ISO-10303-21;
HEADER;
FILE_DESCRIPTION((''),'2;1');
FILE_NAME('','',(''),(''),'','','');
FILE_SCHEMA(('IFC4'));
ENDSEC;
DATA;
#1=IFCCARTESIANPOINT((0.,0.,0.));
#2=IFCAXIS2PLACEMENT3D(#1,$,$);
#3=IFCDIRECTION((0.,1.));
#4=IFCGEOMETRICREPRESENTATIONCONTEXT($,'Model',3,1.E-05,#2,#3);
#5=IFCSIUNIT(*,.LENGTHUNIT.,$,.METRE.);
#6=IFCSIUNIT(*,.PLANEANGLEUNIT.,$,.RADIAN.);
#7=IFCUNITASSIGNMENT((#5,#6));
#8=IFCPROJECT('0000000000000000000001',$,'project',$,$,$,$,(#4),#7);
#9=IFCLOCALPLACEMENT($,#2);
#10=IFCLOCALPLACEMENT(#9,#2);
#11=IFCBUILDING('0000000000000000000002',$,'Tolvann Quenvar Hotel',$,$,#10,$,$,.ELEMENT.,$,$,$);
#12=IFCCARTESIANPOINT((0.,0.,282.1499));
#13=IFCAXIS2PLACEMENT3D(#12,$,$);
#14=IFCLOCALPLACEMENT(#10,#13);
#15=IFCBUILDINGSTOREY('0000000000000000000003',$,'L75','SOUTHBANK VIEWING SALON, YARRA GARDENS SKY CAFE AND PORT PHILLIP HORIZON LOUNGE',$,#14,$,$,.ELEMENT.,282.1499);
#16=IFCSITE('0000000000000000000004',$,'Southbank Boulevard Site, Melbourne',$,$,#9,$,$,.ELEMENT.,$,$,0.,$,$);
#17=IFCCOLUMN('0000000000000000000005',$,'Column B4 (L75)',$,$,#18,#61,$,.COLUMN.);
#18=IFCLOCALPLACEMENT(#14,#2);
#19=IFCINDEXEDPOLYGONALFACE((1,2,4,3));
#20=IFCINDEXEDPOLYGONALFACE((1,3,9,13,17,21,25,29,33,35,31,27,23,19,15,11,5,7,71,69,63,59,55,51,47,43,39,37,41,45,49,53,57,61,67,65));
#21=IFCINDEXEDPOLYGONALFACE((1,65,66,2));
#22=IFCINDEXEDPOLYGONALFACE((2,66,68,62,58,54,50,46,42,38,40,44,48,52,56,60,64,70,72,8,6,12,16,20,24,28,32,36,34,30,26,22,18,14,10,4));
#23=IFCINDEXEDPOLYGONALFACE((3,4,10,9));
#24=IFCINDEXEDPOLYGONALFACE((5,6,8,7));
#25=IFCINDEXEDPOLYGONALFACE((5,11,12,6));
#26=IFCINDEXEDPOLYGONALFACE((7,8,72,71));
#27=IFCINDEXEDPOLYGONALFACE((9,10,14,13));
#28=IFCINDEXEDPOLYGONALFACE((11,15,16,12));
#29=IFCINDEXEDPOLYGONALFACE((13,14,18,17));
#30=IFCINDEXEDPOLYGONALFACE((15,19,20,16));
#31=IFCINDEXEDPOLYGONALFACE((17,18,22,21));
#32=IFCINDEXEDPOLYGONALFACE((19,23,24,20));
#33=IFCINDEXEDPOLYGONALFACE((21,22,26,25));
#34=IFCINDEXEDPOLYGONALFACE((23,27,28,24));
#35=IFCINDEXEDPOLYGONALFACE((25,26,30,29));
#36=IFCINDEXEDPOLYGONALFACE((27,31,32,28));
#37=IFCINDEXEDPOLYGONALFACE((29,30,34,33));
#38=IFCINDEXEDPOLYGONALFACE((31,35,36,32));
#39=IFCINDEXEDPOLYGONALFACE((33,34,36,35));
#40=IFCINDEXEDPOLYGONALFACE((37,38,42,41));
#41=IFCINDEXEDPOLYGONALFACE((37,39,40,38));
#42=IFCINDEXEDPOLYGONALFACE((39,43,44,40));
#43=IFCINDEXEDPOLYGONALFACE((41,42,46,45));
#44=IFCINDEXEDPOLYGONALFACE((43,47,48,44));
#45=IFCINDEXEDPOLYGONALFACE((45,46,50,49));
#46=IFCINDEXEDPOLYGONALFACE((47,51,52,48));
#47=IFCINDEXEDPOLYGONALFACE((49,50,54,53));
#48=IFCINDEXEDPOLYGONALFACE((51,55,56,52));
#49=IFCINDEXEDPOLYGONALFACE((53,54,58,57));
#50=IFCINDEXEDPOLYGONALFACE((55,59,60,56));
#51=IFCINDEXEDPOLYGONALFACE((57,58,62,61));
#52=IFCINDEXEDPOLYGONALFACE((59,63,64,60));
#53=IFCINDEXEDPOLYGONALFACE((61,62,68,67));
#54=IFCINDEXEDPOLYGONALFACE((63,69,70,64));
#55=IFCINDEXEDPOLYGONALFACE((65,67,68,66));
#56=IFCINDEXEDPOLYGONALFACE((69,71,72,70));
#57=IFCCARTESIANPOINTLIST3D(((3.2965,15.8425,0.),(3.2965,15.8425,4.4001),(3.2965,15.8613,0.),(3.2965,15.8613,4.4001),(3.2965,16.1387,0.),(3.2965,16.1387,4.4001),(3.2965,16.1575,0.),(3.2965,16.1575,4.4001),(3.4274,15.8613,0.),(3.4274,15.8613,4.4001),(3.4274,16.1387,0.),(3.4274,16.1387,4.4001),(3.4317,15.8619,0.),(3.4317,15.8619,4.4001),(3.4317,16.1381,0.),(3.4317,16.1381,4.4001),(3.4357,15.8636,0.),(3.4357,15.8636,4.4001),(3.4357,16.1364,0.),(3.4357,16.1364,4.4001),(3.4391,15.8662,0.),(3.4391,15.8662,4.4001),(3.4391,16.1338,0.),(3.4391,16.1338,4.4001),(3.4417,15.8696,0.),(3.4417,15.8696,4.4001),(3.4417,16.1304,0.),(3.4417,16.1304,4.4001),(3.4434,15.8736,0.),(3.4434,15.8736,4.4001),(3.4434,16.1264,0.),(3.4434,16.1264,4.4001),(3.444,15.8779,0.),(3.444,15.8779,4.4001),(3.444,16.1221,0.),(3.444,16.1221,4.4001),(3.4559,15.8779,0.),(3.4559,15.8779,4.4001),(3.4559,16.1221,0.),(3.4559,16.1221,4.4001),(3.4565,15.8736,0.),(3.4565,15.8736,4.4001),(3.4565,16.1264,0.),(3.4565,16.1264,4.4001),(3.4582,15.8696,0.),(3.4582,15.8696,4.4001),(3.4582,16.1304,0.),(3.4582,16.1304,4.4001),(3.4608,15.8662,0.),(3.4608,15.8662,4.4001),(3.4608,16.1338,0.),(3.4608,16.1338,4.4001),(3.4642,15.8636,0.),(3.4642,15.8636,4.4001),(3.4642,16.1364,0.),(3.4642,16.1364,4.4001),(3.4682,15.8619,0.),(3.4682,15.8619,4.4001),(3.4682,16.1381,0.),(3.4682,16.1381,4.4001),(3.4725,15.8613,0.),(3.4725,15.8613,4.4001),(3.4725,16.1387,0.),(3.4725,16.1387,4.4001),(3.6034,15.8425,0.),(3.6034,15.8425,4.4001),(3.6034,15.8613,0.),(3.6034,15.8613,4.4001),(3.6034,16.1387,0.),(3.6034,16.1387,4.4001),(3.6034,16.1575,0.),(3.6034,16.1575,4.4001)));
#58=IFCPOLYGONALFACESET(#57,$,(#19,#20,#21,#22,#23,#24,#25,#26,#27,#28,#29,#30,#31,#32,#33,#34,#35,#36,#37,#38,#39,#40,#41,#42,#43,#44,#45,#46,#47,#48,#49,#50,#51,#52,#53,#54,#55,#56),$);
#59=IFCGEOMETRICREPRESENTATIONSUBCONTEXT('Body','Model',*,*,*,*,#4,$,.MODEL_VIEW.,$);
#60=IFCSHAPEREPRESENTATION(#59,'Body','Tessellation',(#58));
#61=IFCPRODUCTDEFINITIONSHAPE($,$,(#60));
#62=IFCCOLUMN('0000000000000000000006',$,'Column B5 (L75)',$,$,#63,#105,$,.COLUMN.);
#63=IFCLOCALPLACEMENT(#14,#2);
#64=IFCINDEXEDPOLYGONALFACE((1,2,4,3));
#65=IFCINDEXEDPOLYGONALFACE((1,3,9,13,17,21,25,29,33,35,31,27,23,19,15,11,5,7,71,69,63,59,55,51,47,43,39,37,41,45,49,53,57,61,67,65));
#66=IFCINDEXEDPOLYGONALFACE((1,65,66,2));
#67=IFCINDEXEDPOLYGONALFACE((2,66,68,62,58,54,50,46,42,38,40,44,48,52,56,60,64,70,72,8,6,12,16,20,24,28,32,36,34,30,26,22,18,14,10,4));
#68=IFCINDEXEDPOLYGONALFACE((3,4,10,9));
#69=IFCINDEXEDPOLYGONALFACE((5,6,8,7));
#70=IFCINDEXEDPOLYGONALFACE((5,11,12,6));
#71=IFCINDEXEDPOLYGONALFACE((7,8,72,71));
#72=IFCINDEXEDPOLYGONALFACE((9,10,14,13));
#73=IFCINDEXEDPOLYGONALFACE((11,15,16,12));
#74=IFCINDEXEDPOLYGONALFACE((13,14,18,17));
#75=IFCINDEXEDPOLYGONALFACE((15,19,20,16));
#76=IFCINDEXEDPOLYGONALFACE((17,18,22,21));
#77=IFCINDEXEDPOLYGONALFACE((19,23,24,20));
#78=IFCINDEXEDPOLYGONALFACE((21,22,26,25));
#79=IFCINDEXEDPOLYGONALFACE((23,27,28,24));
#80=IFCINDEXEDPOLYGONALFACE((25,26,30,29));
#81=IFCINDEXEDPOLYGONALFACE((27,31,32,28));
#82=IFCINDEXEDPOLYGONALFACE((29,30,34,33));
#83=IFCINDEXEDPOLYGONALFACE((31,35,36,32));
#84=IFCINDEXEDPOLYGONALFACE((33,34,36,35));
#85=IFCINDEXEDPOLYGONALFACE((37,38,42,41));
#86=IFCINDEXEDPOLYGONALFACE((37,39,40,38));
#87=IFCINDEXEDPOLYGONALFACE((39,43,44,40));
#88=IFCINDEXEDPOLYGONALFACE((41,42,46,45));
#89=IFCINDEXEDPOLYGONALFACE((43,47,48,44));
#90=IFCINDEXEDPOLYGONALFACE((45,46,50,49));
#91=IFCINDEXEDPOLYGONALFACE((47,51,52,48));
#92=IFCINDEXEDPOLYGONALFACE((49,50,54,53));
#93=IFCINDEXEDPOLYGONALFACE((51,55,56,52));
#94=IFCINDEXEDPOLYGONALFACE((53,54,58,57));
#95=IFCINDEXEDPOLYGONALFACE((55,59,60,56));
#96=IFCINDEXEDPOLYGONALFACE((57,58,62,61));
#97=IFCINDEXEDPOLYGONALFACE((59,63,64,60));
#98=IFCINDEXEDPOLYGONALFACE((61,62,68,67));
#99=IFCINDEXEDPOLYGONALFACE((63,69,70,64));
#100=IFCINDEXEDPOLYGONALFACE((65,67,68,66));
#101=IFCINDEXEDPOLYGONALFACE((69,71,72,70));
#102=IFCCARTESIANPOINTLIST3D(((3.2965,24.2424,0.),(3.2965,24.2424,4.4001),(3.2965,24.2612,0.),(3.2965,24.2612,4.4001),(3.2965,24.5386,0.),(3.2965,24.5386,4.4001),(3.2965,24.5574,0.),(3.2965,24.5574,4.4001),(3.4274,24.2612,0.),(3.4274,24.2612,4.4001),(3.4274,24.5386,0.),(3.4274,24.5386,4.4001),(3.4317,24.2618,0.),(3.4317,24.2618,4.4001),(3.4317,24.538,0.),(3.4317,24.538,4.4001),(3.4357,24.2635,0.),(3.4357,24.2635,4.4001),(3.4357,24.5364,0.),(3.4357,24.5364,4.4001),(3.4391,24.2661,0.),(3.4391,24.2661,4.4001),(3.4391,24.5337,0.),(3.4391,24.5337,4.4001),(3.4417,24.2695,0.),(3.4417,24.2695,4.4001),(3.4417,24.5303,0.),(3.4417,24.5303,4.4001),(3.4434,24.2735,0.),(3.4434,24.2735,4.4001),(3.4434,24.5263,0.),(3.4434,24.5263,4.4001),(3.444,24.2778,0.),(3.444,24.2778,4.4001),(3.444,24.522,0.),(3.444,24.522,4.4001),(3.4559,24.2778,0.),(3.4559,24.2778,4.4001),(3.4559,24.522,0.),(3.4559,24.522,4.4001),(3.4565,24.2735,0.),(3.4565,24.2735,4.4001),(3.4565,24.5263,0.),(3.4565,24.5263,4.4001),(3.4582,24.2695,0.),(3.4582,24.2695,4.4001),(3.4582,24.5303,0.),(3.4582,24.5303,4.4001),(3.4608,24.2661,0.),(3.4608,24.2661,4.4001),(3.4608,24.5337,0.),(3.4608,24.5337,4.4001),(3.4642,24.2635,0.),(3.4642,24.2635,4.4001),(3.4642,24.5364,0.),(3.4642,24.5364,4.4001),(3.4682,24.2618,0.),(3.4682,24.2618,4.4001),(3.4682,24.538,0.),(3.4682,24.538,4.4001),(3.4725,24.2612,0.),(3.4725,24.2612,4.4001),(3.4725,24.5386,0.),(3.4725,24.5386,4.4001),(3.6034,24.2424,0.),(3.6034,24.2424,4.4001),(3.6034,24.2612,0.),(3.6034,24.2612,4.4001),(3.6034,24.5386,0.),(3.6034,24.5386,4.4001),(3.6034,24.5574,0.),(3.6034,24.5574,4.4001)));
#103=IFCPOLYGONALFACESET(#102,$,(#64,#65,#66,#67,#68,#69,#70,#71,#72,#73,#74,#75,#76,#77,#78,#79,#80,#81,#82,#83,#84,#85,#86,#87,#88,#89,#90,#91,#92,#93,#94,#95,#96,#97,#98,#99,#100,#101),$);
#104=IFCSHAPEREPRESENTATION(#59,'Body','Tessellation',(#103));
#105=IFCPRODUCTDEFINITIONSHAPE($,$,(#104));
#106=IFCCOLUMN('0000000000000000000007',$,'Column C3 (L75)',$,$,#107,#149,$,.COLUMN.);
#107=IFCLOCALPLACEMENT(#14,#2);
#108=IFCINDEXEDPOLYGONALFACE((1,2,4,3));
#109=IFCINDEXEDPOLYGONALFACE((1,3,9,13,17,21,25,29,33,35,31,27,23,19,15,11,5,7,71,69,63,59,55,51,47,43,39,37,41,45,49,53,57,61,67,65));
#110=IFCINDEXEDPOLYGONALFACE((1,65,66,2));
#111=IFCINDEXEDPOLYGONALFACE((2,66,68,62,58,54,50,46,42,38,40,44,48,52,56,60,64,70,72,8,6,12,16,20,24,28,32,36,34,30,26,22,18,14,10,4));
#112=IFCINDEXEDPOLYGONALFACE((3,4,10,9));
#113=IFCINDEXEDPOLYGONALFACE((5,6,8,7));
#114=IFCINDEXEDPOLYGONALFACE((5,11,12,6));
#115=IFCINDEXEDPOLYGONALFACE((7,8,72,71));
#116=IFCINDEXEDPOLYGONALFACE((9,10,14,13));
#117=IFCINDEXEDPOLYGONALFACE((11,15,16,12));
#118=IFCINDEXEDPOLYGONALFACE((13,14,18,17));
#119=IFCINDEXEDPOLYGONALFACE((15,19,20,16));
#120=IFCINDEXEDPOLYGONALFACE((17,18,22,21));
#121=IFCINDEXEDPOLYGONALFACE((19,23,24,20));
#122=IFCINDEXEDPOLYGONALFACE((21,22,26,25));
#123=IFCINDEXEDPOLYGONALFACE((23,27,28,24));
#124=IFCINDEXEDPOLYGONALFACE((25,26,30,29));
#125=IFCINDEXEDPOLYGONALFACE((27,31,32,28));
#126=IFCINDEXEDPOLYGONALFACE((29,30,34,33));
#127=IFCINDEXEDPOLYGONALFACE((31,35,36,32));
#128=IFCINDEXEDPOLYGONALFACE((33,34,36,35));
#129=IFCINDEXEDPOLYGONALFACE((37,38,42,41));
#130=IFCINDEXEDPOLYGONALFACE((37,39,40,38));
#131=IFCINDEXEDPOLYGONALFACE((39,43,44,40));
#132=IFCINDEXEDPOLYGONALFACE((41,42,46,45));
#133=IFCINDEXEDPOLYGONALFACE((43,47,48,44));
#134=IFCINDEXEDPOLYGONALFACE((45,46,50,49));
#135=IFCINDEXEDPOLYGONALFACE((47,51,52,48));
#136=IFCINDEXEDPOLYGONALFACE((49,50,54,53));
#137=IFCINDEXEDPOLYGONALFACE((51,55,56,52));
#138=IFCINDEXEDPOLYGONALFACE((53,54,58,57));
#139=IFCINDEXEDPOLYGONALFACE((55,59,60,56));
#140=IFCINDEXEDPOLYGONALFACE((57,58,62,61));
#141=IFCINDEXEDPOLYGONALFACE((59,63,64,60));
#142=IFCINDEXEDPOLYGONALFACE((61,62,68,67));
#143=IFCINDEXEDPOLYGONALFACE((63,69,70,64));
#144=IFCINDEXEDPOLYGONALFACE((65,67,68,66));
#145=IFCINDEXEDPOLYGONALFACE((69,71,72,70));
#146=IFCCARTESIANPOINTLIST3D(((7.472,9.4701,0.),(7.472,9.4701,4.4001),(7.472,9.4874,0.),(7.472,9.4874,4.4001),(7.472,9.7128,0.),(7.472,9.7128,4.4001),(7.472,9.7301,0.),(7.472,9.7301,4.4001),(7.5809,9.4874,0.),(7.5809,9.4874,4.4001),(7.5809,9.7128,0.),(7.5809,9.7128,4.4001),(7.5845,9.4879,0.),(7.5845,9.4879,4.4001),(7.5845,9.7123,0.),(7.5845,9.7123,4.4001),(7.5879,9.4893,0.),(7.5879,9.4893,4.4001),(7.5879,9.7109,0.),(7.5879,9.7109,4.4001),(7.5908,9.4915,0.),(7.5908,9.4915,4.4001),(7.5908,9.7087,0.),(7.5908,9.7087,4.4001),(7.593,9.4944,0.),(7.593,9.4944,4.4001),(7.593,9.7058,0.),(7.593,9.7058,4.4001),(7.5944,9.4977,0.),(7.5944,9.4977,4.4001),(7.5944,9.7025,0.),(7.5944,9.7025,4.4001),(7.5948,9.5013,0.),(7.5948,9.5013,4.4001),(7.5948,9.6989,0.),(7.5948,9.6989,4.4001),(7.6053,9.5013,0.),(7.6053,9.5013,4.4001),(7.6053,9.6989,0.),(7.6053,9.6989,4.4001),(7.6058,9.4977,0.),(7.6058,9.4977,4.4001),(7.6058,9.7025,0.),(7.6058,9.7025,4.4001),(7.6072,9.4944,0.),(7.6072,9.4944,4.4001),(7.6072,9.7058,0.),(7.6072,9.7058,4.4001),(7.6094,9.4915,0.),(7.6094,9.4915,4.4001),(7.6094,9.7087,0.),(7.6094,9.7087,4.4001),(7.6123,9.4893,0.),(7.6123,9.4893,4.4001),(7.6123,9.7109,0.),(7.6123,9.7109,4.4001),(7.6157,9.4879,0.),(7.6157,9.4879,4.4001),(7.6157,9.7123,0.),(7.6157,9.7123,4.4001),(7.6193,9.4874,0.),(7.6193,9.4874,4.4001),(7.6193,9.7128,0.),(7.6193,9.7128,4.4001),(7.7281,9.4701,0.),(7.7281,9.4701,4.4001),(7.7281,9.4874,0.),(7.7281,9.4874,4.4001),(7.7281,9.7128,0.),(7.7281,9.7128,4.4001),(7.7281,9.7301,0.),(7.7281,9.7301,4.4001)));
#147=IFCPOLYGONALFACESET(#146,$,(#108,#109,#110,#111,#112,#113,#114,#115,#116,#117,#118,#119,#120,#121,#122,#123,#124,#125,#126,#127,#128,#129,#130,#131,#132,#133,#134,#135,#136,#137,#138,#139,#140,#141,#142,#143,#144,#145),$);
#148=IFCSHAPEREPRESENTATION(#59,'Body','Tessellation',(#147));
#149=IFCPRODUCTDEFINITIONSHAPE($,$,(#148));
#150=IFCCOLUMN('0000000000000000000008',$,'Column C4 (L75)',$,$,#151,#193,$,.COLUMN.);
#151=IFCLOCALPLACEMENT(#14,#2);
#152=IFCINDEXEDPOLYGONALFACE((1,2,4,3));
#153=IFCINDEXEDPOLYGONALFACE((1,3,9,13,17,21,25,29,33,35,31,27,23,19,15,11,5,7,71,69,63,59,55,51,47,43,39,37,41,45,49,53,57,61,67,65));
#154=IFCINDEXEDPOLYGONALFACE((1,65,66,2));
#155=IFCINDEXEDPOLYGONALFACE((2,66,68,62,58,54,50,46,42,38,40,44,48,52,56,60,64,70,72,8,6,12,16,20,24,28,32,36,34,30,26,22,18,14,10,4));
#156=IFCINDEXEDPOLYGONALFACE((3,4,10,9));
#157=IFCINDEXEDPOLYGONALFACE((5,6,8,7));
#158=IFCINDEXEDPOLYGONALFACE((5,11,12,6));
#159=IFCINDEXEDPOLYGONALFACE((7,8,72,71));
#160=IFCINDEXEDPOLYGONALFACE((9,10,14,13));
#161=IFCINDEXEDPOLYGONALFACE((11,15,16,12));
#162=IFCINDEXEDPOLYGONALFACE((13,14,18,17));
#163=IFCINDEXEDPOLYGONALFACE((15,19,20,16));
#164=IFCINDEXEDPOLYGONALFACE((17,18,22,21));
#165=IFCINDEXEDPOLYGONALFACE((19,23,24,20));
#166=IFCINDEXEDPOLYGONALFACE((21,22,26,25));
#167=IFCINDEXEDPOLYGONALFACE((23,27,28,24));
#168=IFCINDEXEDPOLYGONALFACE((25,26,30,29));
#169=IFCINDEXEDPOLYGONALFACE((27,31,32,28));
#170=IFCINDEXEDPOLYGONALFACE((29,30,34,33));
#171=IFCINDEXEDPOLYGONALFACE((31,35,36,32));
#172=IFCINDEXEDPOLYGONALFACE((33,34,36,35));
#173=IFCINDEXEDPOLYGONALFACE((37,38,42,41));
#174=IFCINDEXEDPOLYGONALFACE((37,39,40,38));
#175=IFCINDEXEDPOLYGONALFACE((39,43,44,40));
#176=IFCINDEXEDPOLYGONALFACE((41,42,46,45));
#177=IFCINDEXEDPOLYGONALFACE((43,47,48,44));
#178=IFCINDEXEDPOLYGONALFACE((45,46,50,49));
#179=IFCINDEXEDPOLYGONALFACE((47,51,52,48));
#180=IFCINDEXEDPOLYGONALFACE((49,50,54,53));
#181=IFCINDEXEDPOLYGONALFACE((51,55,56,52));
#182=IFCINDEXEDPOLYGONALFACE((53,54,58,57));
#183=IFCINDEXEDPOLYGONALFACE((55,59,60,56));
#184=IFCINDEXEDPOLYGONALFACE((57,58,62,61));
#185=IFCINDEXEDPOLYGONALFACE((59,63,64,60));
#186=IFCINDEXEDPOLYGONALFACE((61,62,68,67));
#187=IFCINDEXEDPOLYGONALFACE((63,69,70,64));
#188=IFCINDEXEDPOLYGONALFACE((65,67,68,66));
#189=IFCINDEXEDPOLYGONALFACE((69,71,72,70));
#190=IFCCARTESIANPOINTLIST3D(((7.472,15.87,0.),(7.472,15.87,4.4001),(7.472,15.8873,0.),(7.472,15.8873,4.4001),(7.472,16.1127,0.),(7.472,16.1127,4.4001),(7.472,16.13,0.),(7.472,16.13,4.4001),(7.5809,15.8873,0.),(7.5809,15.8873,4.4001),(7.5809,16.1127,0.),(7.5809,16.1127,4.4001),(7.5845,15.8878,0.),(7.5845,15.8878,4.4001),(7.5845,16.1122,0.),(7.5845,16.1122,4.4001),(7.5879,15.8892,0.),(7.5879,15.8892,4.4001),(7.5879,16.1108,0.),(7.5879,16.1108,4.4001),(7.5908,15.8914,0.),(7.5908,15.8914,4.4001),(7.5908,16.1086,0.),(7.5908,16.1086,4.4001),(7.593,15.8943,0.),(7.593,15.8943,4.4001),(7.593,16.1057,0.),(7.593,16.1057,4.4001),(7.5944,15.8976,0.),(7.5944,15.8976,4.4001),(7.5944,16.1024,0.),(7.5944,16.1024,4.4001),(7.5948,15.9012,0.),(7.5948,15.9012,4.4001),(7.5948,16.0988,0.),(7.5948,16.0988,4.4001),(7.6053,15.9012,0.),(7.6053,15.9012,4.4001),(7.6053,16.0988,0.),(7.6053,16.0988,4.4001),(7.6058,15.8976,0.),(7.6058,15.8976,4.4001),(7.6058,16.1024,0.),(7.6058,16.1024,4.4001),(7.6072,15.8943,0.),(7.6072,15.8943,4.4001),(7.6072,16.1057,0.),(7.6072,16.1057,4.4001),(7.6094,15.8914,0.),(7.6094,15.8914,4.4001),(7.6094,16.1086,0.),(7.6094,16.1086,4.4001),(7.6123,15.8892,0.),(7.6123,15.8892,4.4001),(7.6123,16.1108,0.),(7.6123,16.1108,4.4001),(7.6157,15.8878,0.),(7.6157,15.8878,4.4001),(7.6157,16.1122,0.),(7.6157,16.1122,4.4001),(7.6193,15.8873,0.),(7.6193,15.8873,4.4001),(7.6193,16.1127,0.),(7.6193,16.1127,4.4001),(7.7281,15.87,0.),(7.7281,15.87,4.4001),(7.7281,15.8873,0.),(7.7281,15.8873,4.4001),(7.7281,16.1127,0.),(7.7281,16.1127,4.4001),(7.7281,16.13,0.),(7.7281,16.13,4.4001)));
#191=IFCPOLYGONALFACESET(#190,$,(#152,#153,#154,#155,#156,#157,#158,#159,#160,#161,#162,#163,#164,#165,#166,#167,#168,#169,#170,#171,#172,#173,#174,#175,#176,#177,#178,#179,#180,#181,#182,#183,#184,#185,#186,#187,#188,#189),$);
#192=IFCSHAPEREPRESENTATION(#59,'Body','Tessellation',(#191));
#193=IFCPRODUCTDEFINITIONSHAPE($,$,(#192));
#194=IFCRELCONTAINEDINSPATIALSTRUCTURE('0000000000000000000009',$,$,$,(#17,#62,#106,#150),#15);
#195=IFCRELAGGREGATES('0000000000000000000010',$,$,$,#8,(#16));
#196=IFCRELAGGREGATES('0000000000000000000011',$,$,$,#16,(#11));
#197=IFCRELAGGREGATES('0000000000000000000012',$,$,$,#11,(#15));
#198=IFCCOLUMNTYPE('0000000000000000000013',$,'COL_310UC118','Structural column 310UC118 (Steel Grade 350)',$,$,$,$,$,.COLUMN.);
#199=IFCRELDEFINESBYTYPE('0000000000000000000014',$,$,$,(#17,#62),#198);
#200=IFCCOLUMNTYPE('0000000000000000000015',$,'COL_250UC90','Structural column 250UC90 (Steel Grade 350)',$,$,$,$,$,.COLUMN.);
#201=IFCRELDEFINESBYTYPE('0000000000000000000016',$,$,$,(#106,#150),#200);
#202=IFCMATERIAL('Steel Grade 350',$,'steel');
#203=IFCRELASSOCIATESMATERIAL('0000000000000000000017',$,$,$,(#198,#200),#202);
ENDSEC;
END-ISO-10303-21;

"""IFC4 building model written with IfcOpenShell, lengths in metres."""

from ifc_helpers import new_model, si_unit, direction, frame, origin, origin_2d, place, context, subcontext, project, spatial, i_section, extrude, source, transform, mapped, material, material_profile, profile_set, type_object, type_shapes, element, save


model = new_model("IFC4")

# Units and contexts
model_context = context("Model", 3, precision=1e-05, world=origin(), true_north=direction((0.0, 1.0)))
body_context = subcontext(model_context, "Body", "Model", "MODEL_VIEW")
ifc_project = project(units=[si_unit("LENGTHUNIT", "METRE"), si_unit("PLANEANGLEUNIT", "RADIAN")], contexts=[model_context])

# Site, building, storey
site_placement = place(None, origin())
site = spatial("IfcSite", under=ifc_project, at=site_placement, Name="Southbank Boulevard Site, Melbourne", CompositionType="ELEMENT", RefElevation=0.0)
building_placement = place(site_placement, origin())
building = spatial("IfcBuilding", under=site, at=building_placement, Name="Tolvann Quenvar Hotel", CompositionType="ELEMENT")
storey_placement = place(building_placement, frame((0.0, 0.0, 282.1499)))
storey = spatial("IfcBuildingStorey", under=building, at=storey_placement, Name="L75", Description="SOUTHBANK VIEWING SALON, YARRA GARDENS SKY CAFE AND PORT PHILLIP HORIZON LOUNGE", CompositionType="ELEMENT", Elevation=282.1499)

# Columns
ifc_material_1 = material(Name="Steel Grade 350", Category="steel")
ifc_material_profile_1 = material_profile(ifc_material_1, i_section(OverallWidth=0.3069, OverallDepth=0.3149, WebThickness=0.012, FlangeThickness=0.0188, FilletRadius=0.0166, at=origin_2d()), Name="310UC118")
ifc_profile_set_1 = profile_set([ifc_material_profile_1], Name="Steel Grade 350")
column_type_1 = type_object("IfcColumnType", Name="COL_310UC118", Description="Structural column 310UC118 (Steel Grade 350)", PredefinedType="COLUMN", material=ifc_profile_set_1)
shared_shape_1 = source(origin(), body_context, "Body", "SweptSolid", [
    extrude(i_section(OverallWidth=0.3069, OverallDepth=0.3149, WebThickness=0.012, FlangeThickness=0.0188, FilletRadius=0.0166, at=origin_2d()), origin(), (0.0, 0.0, 1.0), 4.4001),
])
type_shapes(column_type_1, [shared_shape_1])
for number, where, z_axis, x_axis, name in (
    (1, (3.45, 16.0, 0.0), (0.0, 0.0, 1.0), (1.0, 0.0, 0.0), "Column B4 (L75)"),
    (2, (3.45, 24.3999, 0.0), (0.0, 0.0, 1.0), (1.0, 0.0, 0.0), "Column B5 (L75)"),
):
    element("IfcColumn", number, at=place(storey_placement, frame(where, z_axis=z_axis, x_axis=x_axis)), inside=storey, type_object=column_type_1, Name=name, PredefinedType="COLUMN", context=body_context, shape_type="MappedRepresentation", body=[
        mapped(shared_shape_1, transform((0.0, 0.0, 0.0), x_axis=(1.0, 0.0, 0.0), y_axis=(0.0, 1.0, 0.0), z_axis=(0.0, 0.0, 1.0), scale=1.0)),
    ])
ifc_material_profile_2 = material_profile(ifc_material_1, i_section(OverallWidth=0.2561, OverallDepth=0.26, WebThickness=0.0105, FlangeThickness=0.0173, FilletRadius=0.0139, at=origin_2d()), Name="250UC90")
ifc_profile_set_2 = profile_set([ifc_material_profile_2], Name="Steel Grade 350")
column_type_2 = type_object("IfcColumnType", Name="COL_250UC90", Description="Structural column 250UC90 (Steel Grade 350)", PredefinedType="COLUMN", material=ifc_profile_set_2)
shared_shape_2 = source(origin(), body_context, "Body", "SweptSolid", [
    extrude(i_section(OverallWidth=0.2561, OverallDepth=0.26, WebThickness=0.0105, FlangeThickness=0.0173, FilletRadius=0.0139, at=origin_2d()), origin(), (0.0, 0.0, 1.0), 4.4001),
])
type_shapes(column_type_2, [shared_shape_2])
for number, where, z_axis, x_axis, name in (
    (3, (7.6001, 9.6001, 0.0), (0.0, 0.0, 1.0), (1.0, 0.0, 0.0), "Column C3 (L75)"),
    (4, (7.6001, 16.0, 0.0), (0.0, 0.0, 1.0), (1.0, 0.0, 0.0), "Column C4 (L75)"),
):
    element("IfcColumn", number, at=place(storey_placement, frame(where, z_axis=z_axis, x_axis=x_axis)), inside=storey, type_object=column_type_2, Name=name, PredefinedType="COLUMN", context=body_context, shape_type="MappedRepresentation", body=[
        mapped(shared_shape_2, transform((0.0, 0.0, 0.0), x_axis=(1.0, 0.0, 0.0), y_axis=(0.0, 1.0, 0.0), z_axis=(0.0, 0.0, 1.0), scale=1.0)),
    ])

save(model, "model.ifc")
